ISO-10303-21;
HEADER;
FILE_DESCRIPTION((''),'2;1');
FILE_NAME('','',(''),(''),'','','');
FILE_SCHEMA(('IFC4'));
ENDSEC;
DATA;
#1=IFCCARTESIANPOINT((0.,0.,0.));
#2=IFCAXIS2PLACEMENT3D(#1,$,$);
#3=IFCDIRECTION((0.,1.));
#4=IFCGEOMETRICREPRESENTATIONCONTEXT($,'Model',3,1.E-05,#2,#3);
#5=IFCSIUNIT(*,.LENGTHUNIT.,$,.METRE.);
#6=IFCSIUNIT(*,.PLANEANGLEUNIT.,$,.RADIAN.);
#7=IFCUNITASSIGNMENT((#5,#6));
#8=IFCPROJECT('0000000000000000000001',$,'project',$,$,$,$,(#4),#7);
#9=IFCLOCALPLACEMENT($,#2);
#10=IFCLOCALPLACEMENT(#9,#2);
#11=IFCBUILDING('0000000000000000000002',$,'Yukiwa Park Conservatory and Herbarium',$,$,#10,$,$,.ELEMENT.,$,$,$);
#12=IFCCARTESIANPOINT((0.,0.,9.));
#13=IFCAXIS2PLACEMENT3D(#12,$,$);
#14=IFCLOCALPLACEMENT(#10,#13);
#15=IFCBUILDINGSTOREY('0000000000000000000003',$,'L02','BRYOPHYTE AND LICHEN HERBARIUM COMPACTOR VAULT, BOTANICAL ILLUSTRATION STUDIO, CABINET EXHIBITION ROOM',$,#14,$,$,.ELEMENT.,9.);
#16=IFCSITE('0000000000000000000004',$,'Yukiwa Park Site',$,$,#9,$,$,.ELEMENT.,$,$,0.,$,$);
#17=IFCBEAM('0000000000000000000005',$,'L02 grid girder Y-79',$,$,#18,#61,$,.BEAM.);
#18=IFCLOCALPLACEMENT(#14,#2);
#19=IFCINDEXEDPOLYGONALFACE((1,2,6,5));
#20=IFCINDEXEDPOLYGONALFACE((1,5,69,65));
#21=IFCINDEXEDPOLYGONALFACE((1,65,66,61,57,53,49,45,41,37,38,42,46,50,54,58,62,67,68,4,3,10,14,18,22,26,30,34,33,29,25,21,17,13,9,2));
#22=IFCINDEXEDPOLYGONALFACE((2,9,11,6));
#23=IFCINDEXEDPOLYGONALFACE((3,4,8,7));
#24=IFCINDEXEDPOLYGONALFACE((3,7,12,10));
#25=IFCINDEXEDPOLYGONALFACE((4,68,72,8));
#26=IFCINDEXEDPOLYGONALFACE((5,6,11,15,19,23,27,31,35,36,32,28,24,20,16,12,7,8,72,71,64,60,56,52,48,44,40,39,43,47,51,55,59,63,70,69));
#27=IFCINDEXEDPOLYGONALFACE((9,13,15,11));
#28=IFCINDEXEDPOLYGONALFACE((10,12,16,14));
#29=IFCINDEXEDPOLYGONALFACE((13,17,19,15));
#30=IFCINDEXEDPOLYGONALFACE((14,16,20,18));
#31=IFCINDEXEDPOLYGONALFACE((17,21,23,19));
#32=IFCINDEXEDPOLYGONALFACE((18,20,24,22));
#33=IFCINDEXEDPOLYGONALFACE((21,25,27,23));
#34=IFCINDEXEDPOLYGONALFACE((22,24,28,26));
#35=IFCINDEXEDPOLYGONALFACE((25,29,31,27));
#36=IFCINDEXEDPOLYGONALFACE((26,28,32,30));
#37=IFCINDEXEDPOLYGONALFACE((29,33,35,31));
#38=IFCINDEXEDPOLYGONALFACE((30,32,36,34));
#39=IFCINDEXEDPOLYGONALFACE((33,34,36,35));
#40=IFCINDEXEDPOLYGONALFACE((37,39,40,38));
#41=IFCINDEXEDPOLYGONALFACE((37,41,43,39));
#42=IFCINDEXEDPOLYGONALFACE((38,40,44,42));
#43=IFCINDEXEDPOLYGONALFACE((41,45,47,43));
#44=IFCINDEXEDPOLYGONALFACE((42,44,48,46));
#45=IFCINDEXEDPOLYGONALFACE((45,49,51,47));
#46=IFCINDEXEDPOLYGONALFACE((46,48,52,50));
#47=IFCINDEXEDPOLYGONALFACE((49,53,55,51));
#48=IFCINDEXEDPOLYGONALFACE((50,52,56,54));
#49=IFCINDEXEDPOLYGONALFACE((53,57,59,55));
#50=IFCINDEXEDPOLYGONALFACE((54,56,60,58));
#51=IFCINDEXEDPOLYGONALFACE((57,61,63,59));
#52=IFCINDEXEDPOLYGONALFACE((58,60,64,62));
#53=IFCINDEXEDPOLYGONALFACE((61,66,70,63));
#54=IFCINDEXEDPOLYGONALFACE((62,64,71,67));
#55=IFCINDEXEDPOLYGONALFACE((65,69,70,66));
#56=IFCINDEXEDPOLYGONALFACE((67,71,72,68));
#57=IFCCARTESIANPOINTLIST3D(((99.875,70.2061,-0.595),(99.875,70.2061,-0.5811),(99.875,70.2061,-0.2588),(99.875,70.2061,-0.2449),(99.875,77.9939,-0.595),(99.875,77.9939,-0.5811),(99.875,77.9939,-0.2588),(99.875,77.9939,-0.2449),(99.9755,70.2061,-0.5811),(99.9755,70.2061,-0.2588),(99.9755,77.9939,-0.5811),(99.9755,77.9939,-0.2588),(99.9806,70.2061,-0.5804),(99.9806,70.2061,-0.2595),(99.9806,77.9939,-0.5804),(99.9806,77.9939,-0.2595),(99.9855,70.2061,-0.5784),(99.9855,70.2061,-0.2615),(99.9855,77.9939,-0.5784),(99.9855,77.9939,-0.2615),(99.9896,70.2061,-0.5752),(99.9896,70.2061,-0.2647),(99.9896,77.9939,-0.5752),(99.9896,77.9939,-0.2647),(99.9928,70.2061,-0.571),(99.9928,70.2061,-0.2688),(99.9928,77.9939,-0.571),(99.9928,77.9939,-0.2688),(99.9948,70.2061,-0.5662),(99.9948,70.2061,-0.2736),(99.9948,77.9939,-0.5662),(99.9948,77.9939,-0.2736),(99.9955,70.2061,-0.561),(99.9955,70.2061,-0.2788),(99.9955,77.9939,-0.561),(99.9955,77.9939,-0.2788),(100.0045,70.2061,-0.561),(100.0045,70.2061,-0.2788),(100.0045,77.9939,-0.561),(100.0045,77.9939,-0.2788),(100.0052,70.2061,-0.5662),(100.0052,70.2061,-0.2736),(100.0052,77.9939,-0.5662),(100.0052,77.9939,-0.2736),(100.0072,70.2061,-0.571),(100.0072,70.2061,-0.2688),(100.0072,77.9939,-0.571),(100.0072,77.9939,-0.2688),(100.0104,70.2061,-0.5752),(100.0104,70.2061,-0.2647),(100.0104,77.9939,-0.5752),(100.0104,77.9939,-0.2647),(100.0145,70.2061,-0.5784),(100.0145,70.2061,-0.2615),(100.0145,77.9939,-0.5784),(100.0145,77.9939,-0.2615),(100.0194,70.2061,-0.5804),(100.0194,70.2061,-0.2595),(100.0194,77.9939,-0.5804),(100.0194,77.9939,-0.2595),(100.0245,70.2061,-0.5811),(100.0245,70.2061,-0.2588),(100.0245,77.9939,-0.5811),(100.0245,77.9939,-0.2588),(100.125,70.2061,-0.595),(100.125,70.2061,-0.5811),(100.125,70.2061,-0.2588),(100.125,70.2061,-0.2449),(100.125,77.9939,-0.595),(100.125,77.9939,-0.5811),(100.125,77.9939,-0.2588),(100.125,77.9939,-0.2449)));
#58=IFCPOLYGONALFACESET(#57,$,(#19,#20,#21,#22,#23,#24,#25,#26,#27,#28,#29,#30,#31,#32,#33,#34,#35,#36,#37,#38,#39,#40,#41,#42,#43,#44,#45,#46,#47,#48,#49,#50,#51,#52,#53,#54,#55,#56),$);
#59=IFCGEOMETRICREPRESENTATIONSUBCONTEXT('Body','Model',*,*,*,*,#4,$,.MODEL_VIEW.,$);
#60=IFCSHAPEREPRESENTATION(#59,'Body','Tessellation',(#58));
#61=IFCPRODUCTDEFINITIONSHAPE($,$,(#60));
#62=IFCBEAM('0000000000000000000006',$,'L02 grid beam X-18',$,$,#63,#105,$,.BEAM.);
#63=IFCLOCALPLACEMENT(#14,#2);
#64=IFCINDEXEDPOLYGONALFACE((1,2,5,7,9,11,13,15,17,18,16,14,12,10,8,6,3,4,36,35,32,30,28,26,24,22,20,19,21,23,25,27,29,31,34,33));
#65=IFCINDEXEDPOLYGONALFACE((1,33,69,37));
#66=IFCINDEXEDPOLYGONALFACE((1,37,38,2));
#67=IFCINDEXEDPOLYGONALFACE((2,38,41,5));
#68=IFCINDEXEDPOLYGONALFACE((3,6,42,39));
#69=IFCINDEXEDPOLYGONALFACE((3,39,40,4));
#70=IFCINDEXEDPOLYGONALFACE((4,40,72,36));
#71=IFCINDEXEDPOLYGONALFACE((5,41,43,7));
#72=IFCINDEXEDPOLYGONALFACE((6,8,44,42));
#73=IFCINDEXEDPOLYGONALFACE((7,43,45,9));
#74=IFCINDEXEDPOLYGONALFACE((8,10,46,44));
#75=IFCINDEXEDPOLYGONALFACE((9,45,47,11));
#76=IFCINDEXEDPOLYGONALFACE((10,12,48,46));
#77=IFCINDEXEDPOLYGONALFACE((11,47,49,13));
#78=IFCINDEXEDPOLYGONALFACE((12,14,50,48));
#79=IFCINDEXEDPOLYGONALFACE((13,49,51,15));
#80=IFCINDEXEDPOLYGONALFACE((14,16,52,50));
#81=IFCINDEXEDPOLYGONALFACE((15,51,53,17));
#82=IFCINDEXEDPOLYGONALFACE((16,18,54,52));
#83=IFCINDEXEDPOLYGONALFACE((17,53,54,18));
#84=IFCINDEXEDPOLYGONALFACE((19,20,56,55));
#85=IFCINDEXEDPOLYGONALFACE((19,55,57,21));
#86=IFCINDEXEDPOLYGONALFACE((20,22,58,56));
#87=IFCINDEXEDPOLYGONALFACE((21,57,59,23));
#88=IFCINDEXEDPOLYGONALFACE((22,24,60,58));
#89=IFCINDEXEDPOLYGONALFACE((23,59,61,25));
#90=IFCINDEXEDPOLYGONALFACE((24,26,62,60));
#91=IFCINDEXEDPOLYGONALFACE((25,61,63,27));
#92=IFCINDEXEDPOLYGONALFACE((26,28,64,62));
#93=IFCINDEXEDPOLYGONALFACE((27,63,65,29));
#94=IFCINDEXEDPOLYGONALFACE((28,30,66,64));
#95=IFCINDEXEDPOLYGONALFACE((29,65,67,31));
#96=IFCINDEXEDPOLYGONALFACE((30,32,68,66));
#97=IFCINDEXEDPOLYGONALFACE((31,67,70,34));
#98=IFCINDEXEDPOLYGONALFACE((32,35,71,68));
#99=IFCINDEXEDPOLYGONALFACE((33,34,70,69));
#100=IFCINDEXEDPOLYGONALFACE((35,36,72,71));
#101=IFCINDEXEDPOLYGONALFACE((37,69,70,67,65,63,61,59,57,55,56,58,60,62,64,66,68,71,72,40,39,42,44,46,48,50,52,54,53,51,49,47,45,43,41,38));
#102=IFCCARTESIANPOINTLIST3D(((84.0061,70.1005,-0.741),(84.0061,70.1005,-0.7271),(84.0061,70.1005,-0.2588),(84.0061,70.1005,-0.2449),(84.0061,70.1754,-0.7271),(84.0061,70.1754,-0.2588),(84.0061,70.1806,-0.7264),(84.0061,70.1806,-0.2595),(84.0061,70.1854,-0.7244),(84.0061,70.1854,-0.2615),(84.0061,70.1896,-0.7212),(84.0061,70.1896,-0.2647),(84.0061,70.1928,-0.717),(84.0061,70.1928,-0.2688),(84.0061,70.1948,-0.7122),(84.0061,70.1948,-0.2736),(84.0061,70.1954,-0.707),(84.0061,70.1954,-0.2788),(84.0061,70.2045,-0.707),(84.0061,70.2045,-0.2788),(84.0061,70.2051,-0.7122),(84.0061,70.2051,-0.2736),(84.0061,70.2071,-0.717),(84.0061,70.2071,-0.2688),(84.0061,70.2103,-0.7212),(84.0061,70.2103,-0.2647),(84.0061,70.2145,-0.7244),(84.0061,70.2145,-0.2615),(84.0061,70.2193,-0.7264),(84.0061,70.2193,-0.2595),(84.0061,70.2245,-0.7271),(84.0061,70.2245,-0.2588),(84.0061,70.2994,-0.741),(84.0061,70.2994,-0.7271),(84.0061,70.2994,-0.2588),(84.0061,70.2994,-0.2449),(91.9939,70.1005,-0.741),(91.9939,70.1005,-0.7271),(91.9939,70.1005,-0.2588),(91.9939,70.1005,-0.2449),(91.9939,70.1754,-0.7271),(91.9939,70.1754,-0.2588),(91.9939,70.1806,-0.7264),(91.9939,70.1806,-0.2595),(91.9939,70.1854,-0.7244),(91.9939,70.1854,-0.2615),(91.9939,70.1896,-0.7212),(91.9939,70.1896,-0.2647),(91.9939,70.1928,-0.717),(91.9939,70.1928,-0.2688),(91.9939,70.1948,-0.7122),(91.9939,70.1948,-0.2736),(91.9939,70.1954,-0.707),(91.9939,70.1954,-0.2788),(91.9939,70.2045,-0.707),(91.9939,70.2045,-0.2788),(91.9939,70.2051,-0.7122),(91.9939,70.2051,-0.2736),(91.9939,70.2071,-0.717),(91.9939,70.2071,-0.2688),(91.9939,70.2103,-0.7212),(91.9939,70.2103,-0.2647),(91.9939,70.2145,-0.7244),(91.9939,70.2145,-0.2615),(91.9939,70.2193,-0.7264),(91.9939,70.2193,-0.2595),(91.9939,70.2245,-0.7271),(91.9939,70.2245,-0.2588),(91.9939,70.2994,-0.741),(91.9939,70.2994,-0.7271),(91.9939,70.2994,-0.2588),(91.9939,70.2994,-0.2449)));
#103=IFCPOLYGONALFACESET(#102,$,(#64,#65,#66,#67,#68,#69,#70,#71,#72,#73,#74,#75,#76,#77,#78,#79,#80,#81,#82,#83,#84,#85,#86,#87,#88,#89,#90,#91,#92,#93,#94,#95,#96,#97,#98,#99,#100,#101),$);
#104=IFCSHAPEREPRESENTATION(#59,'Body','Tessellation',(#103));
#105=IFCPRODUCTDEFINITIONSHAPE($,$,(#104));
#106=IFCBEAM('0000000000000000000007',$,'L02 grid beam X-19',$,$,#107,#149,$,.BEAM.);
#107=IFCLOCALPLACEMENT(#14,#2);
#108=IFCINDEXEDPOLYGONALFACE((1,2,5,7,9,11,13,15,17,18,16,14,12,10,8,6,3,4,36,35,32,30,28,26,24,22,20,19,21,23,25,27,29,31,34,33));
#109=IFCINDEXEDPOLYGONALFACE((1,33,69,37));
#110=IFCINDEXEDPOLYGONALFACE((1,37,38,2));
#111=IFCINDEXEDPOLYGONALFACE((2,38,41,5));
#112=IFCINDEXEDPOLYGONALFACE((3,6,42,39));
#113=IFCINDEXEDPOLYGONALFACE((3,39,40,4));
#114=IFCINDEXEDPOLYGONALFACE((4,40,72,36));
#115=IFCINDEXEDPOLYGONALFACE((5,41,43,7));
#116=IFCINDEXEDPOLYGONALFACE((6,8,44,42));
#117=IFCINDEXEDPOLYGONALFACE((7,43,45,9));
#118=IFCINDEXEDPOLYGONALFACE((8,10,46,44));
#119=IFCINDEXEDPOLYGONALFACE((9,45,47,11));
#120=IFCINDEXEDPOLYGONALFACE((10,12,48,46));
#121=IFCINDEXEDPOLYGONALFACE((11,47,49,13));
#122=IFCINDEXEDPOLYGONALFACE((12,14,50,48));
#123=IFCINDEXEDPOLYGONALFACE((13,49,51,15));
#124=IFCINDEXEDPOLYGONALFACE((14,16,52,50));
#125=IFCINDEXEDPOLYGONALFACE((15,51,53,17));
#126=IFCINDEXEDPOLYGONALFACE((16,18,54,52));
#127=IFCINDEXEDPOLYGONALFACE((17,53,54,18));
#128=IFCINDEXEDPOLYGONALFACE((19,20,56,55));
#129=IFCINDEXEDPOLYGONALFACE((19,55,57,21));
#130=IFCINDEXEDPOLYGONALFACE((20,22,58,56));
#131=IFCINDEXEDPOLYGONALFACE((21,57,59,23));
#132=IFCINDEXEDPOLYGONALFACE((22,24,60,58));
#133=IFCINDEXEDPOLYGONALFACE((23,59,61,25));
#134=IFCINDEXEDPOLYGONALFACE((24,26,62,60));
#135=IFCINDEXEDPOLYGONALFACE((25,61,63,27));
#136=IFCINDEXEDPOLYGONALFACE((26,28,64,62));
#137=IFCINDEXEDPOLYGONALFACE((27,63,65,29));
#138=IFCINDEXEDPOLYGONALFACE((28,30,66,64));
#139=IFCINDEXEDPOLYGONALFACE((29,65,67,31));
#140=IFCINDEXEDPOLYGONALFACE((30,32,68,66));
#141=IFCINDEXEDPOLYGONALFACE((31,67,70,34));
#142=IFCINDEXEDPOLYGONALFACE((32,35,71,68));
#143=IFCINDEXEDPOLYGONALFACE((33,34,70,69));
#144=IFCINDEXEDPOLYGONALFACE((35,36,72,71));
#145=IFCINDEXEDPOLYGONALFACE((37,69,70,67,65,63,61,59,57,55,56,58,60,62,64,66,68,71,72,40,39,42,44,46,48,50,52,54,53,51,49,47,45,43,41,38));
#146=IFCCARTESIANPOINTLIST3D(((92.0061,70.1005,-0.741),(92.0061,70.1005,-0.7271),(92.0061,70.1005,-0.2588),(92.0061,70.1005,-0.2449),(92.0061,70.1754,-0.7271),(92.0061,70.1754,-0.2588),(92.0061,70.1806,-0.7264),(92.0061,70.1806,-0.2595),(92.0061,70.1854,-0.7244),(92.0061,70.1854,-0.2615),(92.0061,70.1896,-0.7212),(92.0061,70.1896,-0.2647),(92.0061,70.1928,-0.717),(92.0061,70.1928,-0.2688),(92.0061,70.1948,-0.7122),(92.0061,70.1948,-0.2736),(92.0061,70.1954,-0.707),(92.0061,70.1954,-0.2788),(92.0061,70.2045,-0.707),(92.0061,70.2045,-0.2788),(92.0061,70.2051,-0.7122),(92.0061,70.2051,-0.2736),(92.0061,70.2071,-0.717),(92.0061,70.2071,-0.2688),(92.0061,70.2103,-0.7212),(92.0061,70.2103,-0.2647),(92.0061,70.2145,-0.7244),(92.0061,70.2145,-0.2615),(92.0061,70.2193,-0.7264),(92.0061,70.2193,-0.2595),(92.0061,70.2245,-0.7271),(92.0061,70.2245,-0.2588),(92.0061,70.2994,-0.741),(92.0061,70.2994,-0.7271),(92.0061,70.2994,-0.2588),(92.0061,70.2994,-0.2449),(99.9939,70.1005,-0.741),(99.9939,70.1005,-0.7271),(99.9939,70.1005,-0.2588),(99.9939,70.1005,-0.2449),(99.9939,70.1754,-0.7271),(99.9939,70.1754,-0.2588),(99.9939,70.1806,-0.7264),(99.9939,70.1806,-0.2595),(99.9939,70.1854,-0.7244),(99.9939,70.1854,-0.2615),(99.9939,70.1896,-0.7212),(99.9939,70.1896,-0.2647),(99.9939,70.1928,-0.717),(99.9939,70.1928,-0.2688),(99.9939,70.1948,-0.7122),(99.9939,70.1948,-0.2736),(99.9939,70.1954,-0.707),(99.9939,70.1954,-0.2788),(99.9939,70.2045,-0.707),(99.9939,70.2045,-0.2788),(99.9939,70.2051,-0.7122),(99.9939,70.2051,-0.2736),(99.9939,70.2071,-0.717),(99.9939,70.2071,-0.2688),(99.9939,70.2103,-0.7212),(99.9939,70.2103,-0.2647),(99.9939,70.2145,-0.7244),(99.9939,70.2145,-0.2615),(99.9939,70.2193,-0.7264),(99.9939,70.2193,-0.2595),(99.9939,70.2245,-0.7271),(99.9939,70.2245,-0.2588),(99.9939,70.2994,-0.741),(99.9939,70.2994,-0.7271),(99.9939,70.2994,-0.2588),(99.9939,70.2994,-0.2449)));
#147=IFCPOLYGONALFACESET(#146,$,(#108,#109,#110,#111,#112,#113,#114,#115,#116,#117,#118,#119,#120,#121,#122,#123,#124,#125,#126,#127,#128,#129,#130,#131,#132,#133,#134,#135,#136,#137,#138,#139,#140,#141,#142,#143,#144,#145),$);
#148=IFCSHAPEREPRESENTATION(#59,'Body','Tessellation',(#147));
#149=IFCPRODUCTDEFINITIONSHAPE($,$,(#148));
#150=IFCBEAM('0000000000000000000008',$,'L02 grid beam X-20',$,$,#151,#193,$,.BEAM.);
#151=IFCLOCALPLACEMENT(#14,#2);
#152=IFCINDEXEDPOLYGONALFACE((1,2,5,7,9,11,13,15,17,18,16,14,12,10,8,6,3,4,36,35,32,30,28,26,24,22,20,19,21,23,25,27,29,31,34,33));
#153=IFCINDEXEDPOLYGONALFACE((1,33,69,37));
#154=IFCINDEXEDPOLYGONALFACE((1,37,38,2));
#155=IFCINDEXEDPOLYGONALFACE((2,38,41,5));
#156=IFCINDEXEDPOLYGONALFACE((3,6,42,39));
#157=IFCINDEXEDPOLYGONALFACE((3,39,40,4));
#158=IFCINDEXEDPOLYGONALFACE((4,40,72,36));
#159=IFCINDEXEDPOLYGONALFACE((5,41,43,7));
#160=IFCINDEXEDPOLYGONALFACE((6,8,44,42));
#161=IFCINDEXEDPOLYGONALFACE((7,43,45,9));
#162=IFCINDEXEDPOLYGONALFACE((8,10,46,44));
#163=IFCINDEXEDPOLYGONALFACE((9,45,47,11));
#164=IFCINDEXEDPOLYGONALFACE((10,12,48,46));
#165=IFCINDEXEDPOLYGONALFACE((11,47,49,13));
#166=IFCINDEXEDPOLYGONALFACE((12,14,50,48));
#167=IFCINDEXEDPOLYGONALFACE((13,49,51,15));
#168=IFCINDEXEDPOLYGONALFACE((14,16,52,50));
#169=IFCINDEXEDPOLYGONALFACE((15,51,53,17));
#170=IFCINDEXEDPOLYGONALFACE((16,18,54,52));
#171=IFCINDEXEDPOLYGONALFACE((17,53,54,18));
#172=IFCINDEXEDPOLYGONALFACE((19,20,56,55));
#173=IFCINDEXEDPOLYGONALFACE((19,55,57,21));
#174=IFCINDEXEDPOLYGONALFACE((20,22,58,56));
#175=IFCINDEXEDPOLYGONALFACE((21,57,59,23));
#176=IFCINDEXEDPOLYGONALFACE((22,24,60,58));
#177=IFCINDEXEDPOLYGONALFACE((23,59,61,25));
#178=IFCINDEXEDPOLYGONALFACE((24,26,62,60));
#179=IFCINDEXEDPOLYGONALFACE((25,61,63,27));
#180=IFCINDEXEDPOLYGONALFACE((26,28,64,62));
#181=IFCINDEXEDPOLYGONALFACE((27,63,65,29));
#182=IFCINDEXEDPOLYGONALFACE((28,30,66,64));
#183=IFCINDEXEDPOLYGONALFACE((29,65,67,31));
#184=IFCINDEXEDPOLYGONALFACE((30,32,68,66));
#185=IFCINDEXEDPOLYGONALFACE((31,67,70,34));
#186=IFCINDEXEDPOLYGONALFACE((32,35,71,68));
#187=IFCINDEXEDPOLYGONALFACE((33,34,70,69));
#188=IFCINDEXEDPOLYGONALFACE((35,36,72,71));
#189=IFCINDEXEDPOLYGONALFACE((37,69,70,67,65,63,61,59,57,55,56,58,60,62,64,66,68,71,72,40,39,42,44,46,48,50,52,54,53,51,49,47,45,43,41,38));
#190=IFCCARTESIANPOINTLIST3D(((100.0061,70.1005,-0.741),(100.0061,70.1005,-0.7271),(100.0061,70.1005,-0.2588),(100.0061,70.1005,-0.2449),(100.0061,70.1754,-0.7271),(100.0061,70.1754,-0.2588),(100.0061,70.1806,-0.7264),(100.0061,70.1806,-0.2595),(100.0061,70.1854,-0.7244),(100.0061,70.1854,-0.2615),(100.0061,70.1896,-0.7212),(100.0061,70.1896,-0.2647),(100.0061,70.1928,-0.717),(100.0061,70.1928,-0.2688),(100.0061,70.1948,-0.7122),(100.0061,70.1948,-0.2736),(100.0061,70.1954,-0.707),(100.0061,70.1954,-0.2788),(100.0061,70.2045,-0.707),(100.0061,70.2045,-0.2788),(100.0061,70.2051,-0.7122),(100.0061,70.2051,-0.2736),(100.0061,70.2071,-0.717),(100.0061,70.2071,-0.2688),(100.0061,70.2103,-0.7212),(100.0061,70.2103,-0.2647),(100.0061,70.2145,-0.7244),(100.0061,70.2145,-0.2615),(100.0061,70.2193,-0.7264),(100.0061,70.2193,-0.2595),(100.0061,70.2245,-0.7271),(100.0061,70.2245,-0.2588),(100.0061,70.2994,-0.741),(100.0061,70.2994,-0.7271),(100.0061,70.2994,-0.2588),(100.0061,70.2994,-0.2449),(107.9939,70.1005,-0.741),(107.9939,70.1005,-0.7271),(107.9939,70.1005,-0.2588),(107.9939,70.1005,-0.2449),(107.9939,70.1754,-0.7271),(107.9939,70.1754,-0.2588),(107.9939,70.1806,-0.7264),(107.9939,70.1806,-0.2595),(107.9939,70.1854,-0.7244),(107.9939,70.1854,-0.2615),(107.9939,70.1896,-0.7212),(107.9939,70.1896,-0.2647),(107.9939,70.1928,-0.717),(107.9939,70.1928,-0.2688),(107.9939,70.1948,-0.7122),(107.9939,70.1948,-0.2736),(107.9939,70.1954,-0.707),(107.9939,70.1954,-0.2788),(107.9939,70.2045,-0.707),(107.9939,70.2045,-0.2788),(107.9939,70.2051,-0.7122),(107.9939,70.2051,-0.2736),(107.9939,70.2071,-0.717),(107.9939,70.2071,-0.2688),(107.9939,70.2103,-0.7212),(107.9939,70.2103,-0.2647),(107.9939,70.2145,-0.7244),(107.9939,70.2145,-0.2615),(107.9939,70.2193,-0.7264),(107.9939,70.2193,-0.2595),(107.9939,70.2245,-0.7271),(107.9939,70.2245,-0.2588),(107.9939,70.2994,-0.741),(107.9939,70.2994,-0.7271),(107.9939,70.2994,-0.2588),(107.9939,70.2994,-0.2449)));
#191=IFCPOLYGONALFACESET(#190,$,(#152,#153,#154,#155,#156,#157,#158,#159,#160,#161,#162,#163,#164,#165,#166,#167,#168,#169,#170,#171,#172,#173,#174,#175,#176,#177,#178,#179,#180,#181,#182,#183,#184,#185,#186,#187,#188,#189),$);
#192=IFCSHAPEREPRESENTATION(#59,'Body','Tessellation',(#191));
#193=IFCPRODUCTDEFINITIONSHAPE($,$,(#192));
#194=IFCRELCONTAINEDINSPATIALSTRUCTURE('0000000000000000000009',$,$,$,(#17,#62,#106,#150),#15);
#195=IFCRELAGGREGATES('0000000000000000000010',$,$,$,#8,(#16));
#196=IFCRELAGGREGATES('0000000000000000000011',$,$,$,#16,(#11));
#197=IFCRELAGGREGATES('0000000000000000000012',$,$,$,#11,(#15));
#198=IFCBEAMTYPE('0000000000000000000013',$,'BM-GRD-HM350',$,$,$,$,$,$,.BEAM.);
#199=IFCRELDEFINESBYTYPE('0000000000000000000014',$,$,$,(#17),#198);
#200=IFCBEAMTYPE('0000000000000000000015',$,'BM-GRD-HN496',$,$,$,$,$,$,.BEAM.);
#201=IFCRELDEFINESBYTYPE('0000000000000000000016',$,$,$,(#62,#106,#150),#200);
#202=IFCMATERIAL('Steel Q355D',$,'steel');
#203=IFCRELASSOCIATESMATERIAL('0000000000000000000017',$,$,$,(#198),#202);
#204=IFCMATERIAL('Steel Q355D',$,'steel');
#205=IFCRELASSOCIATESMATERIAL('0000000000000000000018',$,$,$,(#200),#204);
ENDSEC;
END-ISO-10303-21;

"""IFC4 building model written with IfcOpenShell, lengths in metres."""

from ifc_helpers import new_model, si_unit, direction, frame, origin, origin_2d, place, context, subcontext, project, spatial, i_section, extrude, material, material_profile, profile_set, type_object, element, save


model = new_model("IFC4")

# Units and contexts
model_context = context("Model", 3, precision=1e-05, world=origin(), true_north=direction((0.0, 1.0)))
body_context = subcontext(model_context, "Body", "Model", "MODEL_VIEW")
ifc_project = project(units=[si_unit("LENGTHUNIT", "METRE"), si_unit("PLANEANGLEUNIT", "RADIAN")], contexts=[model_context])

# Site, building, storey
site_placement = place(None, origin())
site = spatial("IfcSite", under=ifc_project, at=site_placement, Name="Yukiwa Park Site", CompositionType="ELEMENT", RefElevation=0.0)
building_placement = place(site_placement, origin())
building = spatial("IfcBuilding", under=site, at=building_placement, Name="Yukiwa Park Conservatory and Herbarium", CompositionType="ELEMENT")
storey_placement = place(building_placement, frame((0.0, 0.0, 9.0)))
storey = spatial("IfcBuildingStorey", under=building, at=storey_placement, Name="L02", Description="BRYOPHYTE AND LICHEN HERBARIUM COMPACTOR VAULT, BOTANICAL ILLUSTRATION STUDIO, CABINET EXHIBITION ROOM", CompositionType="ELEMENT", Elevation=9.0)

# Beams
ifc_material_1 = material(Name="Steel Q355D", Category="steel")
ifc_material_profile_1 = material_profile(ifc_material_1, i_section(OverallWidth=0.25, OverallDepth=0.3501, WebThickness=0.009, FlangeThickness=0.0139, FilletRadius=0.02, at=origin_2d()), Name="HM 350x250x9x14")
ifc_profile_set_1 = profile_set([ifc_material_profile_1], Name="Steel Q355D")
beam_type_1 = type_object("IfcBeamType", Name="BM-GRD-HM350", PredefinedType="BEAM", material=ifc_profile_set_1)
for number, where, z_axis, x_axis, name in (
    (1, (100.0, 70.2061, -0.4199), (0.0, 1.0, 0.0), (-1.0, 0.0, 0.0), "L02 grid girder Y-79"),
):
    element("IfcBeam", number, at=place(storey_placement, frame(where, z_axis=z_axis, x_axis=x_axis)), inside=storey, type_object=beam_type_1, Name=name, PredefinedType="BEAM", context=body_context, shape_type="SweptSolid", body=[
        extrude(i_section(OverallWidth=0.25, OverallDepth=0.3501, WebThickness=0.009, FlangeThickness=0.0139, FilletRadius=0.02, at=origin_2d()), origin(), (0.0, 0.0, 1.0), 7.7878),
    ])
ifc_material_2 = material(Name="Steel Q355D", Category="steel")
ifc_material_profile_2 = material_profile(ifc_material_2, i_section(OverallWidth=0.199, OverallDepth=0.4961, WebThickness=0.009, FlangeThickness=0.0139, FilletRadius=0.02, at=origin_2d()), Name="HN 496x199x9x14")
ifc_profile_set_2 = profile_set([ifc_material_profile_2], Name="Steel Q355D")
beam_type_2 = type_object("IfcBeamType", Name="BM-GRD-HN496", PredefinedType="BEAM", material=ifc_profile_set_2)
for number, where, z_axis, x_axis, name in (
    (2, (84.0061, 70.2, -0.4929), (1.0, 0.0, 0.0), (0.0, 1.0, 0.0), "L02 grid beam X-18"),
    (3, (92.0061, 70.2, -0.4929), (1.0, 0.0, 0.0), (0.0, 1.0, 0.0), "L02 grid beam X-19"),
    (4, (100.0061, 70.2, -0.4929), (1.0, 0.0, 0.0), (0.0, 1.0, 0.0), "L02 grid beam X-20"),
):
    element("IfcBeam", number, at=place(storey_placement, frame(where, z_axis=z_axis, x_axis=x_axis)), inside=storey, type_object=beam_type_2, Name=name, PredefinedType="BEAM", context=body_context, shape_type="SweptSolid", body=[
        extrude(i_section(OverallWidth=0.199, OverallDepth=0.4961, WebThickness=0.009, FlangeThickness=0.0139, FilletRadius=0.02, at=origin_2d()), origin(), (0.0, 0.0, 1.0), 7.9878),
    ])

save(model, "model.ifc")
